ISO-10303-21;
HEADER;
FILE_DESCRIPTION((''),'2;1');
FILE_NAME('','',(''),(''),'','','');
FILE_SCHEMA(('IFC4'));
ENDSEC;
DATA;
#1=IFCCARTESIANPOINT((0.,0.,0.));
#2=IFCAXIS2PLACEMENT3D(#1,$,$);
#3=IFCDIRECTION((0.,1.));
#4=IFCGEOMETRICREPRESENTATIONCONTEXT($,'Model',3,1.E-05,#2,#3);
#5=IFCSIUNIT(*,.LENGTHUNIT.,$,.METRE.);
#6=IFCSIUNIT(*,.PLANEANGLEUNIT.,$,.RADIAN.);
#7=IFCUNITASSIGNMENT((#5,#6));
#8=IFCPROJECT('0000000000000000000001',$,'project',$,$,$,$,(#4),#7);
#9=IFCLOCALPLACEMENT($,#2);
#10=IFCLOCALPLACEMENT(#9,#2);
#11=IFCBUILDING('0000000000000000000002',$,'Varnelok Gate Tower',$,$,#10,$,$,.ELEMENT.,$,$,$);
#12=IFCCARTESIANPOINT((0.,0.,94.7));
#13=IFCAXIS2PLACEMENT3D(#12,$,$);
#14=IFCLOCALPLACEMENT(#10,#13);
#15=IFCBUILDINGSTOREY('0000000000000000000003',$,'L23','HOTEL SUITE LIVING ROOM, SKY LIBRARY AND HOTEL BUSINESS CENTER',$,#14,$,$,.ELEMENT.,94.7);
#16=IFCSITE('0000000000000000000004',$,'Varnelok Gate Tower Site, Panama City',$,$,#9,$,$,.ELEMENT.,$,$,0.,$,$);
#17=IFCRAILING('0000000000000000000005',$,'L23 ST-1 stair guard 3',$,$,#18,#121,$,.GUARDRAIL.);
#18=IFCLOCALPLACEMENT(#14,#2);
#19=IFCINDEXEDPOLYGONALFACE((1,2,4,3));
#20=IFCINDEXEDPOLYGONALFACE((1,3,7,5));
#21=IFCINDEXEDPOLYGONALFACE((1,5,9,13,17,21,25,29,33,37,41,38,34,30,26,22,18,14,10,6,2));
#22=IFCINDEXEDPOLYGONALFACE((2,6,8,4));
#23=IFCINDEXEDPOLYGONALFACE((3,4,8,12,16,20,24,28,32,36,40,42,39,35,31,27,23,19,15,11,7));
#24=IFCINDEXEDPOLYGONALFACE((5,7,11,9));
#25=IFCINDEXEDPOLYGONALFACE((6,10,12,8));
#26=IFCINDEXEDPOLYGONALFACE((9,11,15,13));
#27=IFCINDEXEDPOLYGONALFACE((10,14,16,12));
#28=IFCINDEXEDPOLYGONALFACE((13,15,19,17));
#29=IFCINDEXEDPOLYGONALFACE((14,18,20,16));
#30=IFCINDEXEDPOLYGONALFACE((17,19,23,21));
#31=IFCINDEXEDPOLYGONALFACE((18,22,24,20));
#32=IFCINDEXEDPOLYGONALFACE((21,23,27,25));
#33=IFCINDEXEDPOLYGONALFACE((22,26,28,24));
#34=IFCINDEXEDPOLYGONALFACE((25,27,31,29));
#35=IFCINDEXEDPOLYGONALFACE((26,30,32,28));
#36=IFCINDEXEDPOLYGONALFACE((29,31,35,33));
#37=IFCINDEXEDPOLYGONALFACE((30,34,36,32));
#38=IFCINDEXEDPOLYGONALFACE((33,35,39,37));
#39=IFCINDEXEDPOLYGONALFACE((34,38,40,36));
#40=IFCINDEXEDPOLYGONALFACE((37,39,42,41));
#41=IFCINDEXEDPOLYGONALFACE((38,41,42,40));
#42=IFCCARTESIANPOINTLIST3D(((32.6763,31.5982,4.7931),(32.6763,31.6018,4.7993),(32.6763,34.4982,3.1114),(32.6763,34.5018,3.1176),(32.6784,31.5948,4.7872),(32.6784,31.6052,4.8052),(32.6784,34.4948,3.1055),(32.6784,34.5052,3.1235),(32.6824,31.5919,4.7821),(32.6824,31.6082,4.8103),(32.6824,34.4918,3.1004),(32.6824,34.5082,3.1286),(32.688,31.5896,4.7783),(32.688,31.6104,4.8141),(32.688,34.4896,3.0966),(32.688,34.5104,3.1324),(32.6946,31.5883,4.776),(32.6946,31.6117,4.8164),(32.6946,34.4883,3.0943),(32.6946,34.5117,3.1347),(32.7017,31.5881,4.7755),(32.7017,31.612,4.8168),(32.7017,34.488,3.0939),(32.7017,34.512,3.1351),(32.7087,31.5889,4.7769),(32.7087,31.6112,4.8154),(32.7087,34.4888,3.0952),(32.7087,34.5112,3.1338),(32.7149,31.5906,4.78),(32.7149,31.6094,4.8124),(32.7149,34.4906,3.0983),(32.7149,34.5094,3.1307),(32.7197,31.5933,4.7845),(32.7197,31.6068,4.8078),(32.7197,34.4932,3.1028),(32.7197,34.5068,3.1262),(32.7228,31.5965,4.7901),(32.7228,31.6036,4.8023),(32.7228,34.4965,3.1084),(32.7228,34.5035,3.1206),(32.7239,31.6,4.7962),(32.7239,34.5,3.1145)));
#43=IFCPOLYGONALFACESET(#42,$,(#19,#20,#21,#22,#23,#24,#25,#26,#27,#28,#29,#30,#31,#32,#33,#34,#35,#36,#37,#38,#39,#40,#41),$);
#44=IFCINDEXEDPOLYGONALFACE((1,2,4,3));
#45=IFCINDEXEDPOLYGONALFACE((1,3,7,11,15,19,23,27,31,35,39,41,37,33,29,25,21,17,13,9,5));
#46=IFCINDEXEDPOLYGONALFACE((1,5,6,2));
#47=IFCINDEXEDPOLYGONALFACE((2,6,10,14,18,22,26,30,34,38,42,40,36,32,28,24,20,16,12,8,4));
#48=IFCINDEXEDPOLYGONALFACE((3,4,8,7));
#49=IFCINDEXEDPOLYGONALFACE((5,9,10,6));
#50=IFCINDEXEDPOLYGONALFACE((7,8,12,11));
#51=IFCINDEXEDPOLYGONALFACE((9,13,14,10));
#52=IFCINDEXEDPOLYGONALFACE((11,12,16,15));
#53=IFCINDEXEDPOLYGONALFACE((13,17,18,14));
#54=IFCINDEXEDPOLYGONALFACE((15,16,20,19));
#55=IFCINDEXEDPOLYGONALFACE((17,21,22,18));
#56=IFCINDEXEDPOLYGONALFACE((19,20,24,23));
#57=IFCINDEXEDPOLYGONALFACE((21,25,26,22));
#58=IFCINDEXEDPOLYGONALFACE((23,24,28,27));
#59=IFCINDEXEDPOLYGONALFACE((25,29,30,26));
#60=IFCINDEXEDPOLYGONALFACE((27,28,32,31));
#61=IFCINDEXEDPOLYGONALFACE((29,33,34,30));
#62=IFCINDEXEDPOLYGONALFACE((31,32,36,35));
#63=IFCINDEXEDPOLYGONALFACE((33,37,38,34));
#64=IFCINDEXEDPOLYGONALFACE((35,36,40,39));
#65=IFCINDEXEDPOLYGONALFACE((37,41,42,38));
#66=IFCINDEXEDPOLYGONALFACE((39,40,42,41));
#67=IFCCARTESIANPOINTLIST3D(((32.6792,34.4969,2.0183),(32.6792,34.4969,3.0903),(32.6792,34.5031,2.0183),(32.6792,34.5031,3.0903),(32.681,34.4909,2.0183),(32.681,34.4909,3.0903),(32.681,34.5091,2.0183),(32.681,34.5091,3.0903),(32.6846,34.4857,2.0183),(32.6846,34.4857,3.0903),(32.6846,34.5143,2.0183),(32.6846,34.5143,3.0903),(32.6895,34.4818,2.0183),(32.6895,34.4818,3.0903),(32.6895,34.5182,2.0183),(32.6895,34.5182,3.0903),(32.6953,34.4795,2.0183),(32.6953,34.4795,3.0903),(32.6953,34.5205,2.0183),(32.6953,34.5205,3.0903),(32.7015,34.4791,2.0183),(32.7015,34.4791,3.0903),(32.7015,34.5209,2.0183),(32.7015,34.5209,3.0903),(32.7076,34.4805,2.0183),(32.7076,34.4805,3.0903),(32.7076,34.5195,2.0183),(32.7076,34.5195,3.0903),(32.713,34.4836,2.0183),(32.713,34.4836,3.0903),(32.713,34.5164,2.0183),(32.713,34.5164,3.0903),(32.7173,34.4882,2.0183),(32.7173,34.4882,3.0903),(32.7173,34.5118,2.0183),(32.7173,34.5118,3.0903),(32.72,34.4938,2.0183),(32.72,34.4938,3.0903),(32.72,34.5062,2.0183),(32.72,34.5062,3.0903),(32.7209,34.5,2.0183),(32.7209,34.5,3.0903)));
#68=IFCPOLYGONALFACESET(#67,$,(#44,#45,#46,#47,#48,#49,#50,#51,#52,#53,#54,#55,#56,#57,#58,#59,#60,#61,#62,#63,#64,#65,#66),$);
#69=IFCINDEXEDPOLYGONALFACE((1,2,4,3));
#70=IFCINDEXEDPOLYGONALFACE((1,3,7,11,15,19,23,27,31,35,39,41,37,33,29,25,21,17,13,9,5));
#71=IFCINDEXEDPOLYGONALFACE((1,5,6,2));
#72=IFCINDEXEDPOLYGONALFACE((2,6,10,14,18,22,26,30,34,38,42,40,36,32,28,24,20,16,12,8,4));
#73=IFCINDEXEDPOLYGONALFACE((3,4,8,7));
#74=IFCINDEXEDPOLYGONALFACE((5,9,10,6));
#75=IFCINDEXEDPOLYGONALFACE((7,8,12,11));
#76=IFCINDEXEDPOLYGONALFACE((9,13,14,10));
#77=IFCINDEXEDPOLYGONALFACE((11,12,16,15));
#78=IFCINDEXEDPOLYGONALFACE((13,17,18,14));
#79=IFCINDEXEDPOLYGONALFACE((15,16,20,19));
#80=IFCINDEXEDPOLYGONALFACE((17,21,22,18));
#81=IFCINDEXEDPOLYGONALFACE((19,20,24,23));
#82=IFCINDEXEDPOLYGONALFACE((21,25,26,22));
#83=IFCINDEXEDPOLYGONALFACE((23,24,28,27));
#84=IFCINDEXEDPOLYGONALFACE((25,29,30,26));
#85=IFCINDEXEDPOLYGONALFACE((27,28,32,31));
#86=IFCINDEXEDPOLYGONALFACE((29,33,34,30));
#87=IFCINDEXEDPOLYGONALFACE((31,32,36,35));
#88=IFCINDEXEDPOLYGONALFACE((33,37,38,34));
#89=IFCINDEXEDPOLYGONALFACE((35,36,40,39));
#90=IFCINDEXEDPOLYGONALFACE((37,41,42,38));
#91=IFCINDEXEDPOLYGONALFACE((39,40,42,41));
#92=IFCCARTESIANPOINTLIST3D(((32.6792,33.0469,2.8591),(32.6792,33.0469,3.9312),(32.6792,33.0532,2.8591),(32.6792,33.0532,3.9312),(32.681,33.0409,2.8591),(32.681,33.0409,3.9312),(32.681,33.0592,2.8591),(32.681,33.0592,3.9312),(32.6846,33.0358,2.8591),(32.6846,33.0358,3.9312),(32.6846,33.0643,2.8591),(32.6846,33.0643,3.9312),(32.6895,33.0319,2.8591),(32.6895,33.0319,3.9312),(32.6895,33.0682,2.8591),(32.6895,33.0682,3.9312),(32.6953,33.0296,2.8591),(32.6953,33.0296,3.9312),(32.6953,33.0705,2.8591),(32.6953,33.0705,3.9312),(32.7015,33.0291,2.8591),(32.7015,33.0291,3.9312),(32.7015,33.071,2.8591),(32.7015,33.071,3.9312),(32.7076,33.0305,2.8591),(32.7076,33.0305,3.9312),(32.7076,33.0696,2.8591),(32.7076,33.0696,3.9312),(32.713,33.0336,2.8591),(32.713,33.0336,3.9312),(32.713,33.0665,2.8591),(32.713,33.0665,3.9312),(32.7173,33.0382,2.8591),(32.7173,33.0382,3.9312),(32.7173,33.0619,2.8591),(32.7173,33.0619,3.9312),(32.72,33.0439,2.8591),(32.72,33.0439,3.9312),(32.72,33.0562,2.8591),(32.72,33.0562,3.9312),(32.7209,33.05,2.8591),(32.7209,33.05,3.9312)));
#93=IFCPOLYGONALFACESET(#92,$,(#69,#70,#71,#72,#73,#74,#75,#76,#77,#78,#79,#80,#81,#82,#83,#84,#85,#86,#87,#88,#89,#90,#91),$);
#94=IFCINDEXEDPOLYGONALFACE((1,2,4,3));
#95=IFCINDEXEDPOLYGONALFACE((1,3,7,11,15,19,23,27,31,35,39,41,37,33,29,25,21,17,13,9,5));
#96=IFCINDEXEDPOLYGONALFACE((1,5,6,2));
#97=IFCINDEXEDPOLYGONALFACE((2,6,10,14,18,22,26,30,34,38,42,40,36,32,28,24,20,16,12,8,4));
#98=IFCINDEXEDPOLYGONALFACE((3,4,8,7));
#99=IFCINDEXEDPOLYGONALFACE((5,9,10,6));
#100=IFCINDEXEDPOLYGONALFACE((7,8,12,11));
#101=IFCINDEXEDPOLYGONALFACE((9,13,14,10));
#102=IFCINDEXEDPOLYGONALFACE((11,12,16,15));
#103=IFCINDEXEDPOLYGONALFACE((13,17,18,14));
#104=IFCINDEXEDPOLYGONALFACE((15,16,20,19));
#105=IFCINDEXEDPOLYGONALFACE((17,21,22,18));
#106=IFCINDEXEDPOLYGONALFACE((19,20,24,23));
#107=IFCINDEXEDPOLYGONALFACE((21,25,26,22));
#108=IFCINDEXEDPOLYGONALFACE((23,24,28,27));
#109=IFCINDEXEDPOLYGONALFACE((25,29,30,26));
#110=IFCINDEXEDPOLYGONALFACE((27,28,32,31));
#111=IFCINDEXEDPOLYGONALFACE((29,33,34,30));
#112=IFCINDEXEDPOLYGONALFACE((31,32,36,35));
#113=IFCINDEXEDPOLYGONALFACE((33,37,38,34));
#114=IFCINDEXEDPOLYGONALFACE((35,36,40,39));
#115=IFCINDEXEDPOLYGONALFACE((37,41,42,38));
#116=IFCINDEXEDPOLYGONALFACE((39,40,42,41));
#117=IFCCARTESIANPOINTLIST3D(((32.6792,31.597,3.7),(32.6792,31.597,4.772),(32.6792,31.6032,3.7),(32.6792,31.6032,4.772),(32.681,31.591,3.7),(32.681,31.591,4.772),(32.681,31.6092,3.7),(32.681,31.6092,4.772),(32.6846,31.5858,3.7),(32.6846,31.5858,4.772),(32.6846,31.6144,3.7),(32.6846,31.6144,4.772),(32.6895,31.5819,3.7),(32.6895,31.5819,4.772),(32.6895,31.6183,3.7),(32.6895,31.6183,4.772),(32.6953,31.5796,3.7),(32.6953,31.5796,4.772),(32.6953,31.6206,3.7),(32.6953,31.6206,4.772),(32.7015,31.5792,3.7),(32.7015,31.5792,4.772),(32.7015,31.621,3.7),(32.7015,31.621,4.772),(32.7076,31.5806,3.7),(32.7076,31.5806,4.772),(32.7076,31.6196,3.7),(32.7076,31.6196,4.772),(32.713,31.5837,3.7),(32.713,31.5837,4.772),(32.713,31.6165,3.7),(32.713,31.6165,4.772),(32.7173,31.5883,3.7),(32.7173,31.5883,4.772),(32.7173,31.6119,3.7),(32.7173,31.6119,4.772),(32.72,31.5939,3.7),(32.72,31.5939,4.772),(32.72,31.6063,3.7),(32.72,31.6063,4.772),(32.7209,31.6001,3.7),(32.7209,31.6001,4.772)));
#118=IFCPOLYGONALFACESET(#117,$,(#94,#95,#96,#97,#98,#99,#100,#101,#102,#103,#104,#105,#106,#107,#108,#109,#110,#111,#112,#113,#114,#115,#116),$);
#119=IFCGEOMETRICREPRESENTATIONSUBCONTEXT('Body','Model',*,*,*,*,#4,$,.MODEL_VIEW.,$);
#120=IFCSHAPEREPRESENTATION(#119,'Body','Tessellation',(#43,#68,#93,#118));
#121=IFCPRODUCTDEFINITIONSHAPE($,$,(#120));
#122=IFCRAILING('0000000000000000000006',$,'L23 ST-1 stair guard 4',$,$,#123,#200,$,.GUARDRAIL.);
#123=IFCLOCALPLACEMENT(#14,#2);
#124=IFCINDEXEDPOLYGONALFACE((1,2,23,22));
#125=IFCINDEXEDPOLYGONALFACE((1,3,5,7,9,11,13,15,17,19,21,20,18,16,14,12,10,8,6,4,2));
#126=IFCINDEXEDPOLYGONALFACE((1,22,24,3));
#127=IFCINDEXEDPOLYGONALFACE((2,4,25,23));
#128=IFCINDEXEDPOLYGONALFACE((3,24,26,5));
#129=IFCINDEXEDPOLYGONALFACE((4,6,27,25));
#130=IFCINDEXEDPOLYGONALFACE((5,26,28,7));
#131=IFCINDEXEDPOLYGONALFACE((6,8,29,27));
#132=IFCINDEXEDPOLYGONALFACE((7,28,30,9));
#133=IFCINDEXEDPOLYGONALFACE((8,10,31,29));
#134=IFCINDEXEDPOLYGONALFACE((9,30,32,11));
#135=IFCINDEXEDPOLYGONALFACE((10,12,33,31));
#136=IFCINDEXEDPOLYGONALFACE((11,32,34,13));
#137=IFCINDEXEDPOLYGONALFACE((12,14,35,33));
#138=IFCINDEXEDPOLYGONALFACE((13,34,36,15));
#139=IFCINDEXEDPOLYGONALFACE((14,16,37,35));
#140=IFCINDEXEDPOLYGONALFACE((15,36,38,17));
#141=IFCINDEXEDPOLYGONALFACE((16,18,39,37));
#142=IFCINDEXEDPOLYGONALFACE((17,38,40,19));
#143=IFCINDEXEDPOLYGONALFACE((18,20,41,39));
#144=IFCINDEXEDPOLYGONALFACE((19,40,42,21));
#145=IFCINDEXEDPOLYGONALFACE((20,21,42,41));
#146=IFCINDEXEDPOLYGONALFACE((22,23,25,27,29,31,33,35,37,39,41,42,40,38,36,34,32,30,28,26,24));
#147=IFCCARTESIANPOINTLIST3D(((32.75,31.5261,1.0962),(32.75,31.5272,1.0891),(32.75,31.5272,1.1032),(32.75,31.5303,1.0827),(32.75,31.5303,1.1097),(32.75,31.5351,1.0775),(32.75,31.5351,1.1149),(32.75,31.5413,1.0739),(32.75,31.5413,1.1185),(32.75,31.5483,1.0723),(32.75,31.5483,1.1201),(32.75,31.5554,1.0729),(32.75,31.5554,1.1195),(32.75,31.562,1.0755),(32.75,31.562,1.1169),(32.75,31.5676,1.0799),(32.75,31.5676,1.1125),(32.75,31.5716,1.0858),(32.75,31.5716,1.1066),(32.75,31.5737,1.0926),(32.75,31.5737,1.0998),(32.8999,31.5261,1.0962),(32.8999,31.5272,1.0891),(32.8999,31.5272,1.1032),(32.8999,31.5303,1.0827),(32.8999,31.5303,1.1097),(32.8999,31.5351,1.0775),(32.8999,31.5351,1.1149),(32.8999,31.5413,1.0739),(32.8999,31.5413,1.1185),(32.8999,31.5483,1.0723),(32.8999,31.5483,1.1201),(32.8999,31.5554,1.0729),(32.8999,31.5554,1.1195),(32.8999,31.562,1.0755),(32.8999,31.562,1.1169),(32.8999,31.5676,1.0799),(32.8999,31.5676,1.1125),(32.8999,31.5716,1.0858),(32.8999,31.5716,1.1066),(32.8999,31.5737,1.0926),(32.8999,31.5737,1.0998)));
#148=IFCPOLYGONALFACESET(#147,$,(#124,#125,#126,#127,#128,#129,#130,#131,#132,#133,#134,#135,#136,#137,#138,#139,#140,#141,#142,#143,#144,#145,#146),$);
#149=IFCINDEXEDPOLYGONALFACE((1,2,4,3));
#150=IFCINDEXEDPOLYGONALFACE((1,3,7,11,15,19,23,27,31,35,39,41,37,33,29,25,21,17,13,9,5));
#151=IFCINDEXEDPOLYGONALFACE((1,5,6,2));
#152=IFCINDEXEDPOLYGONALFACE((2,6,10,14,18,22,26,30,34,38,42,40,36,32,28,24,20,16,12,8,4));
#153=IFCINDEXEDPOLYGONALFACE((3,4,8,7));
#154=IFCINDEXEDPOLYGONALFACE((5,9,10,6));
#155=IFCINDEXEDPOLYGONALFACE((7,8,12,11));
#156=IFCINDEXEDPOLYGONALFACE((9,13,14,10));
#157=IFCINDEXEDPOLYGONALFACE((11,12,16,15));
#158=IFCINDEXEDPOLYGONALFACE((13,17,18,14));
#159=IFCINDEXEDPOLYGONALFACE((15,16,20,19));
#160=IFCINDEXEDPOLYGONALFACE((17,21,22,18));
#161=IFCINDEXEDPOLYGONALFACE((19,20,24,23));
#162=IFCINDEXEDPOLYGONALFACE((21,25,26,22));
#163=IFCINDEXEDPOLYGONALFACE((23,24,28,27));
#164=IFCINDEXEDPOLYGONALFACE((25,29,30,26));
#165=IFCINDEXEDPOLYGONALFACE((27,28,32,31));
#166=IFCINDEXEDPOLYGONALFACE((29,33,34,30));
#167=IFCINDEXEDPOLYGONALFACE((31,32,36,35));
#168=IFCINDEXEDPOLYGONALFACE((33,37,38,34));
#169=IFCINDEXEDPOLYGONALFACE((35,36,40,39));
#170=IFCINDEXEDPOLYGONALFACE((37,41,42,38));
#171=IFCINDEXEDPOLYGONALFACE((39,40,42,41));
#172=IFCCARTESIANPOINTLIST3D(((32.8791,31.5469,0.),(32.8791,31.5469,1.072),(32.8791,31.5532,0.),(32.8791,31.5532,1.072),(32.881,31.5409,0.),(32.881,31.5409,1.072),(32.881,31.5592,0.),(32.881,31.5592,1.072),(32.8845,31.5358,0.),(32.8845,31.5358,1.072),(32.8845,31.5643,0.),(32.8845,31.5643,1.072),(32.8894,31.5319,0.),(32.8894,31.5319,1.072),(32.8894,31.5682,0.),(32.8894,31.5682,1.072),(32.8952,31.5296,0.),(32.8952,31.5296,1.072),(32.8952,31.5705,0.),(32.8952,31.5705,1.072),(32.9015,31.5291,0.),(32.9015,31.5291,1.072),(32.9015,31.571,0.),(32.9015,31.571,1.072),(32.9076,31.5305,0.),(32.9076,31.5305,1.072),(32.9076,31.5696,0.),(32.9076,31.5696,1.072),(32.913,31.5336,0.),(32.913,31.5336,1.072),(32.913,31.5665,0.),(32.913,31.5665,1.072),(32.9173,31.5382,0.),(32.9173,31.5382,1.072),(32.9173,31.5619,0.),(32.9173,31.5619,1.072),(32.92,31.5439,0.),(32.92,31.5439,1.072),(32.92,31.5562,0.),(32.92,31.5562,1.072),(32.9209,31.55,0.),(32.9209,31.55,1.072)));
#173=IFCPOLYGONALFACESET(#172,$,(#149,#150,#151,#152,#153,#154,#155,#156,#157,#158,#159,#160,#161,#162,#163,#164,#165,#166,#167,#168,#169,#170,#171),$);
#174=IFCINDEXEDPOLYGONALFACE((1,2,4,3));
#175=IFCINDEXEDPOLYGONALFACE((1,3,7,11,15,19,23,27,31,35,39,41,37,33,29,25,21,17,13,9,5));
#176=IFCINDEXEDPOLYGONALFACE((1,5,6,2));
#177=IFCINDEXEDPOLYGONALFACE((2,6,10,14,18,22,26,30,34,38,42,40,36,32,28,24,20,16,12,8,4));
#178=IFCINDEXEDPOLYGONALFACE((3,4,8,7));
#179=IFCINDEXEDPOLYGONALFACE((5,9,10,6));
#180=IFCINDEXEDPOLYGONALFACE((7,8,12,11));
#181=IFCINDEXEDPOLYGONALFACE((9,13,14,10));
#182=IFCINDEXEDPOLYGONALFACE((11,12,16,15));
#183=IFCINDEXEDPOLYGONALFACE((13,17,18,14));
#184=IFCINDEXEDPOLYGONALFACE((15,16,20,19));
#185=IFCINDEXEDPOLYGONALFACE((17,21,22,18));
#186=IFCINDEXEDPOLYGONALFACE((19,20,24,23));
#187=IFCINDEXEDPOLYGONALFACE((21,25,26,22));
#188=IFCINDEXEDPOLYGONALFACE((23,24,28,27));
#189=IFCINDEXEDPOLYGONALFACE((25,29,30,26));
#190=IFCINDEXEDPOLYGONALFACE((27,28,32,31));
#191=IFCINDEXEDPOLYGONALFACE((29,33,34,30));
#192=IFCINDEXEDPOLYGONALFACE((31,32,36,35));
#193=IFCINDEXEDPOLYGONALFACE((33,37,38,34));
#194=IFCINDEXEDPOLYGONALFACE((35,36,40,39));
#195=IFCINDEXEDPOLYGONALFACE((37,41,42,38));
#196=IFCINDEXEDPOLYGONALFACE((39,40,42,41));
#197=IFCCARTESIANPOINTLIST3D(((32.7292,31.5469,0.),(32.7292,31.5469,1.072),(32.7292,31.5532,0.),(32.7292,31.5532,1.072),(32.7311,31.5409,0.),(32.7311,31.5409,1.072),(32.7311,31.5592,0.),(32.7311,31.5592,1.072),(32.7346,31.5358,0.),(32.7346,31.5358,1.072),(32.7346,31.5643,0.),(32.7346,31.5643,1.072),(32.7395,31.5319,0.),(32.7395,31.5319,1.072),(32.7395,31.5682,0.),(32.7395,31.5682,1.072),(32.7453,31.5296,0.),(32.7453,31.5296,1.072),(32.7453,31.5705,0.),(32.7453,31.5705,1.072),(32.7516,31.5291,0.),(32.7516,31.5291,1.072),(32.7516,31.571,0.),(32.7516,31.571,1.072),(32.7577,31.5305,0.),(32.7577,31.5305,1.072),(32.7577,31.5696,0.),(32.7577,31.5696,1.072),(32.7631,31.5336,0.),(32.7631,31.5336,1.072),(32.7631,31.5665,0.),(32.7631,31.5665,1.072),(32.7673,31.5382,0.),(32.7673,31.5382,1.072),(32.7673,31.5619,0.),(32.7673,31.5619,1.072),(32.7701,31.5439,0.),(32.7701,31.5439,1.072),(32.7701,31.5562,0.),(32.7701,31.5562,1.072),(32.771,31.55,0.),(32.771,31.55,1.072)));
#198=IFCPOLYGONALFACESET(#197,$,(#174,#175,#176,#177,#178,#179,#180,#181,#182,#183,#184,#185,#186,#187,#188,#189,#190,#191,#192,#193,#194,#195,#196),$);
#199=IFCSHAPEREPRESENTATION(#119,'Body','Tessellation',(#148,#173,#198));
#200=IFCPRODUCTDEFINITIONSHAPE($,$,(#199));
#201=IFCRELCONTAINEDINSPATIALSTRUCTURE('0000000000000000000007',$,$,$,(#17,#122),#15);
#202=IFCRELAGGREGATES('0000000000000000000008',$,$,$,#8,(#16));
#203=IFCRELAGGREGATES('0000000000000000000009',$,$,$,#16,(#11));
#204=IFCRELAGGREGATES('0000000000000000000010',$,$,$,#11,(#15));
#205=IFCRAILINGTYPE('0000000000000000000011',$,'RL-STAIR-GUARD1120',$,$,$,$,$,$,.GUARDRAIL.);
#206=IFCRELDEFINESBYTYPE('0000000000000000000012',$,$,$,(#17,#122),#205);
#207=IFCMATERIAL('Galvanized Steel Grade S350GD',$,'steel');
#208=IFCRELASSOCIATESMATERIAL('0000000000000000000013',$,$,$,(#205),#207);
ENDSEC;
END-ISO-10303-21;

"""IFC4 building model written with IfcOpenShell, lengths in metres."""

from ifc_helpers import new_model, si_unit, direction, frame, origin, origin_2d, place, context, subcontext, project, spatial, circle, extrude, material, type_object, element, save


model = new_model("IFC4")

# Units and contexts
model_context = context("Model", 3, precision=1e-05, world=origin(), true_north=direction((0.0, 1.0)))
body_context = subcontext(model_context, "Body", "Model", "MODEL_VIEW")
ifc_project = project(units=[si_unit("LENGTHUNIT", "METRE"), si_unit("PLANEANGLEUNIT", "RADIAN")], contexts=[model_context])

# Site, building, storey
site_placement = place(None, origin())
site = spatial("IfcSite", under=ifc_project, at=site_placement, Name="Varnelok Gate Tower Site, Panama City", CompositionType="ELEMENT", RefElevation=0.0)
building_placement = place(site_placement, origin())
building = spatial("IfcBuilding", under=site, at=building_placement, Name="Varnelok Gate Tower", CompositionType="ELEMENT")
storey_placement = place(building_placement, frame((0.0, 0.0, 94.7)))
storey = spatial("IfcBuildingStorey", under=building, at=storey_placement, Name="L23", Description="HOTEL SUITE LIVING ROOM, SKY LIBRARY AND HOTEL BUSINESS CENTER", CompositionType="ELEMENT", Elevation=94.7)

# Shared definitions
ifc_material_1 = material(Name="Galvanized Steel Grade S350GD", Category="steel")

# Railings
railing_type_1 = type_object("IfcRailingType", Name="RL-STAIR-GUARD1120", PredefinedType="GUARDRAIL", material=ifc_material_1)
railing_1_placement = place(storey_placement, frame((32.7, 34.5, 2.0183)))
element("IfcRailing", 1, at=railing_1_placement, inside=storey, type_object=railing_type_1, Name="L23 ST-1 stair guard 3", PredefinedType="GUARDRAIL", context=body_context, shape_type="SweptSolid", body=[
    extrude(circle(Radius=0.0239, at=origin_2d()), frame((0.0, 0.0, 1.0962), z_axis=(0.0, -0.86507, 0.501651), x_axis=(1.0, 0.0, 0.0)), (0.0, 0.0, 1.0), 3.3523),
    extrude(circle(Radius=0.021, at=origin_2d()), origin(), (0.0, 0.0, 1.0), 1.072),
    extrude(circle(Radius=0.021, at=origin_2d()), frame((0.0, -1.45, 0.8408)), (0.0, 0.0, 1.0), 1.072),
    extrude(circle(Radius=0.021, at=origin_2d()), frame((0.0, -2.8999, 1.6816)), (0.0, 0.0, 1.0), 1.072),
])
railing_2_placement = place(storey_placement, frame((32.8999, 31.55, 0.0)))
element("IfcRailing", 2, at=railing_2_placement, inside=storey, type_object=railing_type_1, Name="L23 ST-1 stair guard 4", PredefinedType="GUARDRAIL", context=body_context, shape_type="SweptSolid", body=[
    extrude(circle(Radius=0.0239, at=origin_2d()), frame((0.0, 0.0, 1.0962), z_axis=(-1.0, 0.0, 0.0), x_axis=(0.0, -1.0, 0.0)), (0.0, 0.0, 1.0), 0.1499),
    extrude(circle(Radius=0.021, at=origin_2d()), origin(), (0.0, 0.0, 1.0), 1.072),
    extrude(circle(Radius=0.021, at=origin_2d()), frame((-0.1499, 0.0, 0.0)), (0.0, 0.0, 1.0), 1.072),
])

save(model, "model.ifc")
